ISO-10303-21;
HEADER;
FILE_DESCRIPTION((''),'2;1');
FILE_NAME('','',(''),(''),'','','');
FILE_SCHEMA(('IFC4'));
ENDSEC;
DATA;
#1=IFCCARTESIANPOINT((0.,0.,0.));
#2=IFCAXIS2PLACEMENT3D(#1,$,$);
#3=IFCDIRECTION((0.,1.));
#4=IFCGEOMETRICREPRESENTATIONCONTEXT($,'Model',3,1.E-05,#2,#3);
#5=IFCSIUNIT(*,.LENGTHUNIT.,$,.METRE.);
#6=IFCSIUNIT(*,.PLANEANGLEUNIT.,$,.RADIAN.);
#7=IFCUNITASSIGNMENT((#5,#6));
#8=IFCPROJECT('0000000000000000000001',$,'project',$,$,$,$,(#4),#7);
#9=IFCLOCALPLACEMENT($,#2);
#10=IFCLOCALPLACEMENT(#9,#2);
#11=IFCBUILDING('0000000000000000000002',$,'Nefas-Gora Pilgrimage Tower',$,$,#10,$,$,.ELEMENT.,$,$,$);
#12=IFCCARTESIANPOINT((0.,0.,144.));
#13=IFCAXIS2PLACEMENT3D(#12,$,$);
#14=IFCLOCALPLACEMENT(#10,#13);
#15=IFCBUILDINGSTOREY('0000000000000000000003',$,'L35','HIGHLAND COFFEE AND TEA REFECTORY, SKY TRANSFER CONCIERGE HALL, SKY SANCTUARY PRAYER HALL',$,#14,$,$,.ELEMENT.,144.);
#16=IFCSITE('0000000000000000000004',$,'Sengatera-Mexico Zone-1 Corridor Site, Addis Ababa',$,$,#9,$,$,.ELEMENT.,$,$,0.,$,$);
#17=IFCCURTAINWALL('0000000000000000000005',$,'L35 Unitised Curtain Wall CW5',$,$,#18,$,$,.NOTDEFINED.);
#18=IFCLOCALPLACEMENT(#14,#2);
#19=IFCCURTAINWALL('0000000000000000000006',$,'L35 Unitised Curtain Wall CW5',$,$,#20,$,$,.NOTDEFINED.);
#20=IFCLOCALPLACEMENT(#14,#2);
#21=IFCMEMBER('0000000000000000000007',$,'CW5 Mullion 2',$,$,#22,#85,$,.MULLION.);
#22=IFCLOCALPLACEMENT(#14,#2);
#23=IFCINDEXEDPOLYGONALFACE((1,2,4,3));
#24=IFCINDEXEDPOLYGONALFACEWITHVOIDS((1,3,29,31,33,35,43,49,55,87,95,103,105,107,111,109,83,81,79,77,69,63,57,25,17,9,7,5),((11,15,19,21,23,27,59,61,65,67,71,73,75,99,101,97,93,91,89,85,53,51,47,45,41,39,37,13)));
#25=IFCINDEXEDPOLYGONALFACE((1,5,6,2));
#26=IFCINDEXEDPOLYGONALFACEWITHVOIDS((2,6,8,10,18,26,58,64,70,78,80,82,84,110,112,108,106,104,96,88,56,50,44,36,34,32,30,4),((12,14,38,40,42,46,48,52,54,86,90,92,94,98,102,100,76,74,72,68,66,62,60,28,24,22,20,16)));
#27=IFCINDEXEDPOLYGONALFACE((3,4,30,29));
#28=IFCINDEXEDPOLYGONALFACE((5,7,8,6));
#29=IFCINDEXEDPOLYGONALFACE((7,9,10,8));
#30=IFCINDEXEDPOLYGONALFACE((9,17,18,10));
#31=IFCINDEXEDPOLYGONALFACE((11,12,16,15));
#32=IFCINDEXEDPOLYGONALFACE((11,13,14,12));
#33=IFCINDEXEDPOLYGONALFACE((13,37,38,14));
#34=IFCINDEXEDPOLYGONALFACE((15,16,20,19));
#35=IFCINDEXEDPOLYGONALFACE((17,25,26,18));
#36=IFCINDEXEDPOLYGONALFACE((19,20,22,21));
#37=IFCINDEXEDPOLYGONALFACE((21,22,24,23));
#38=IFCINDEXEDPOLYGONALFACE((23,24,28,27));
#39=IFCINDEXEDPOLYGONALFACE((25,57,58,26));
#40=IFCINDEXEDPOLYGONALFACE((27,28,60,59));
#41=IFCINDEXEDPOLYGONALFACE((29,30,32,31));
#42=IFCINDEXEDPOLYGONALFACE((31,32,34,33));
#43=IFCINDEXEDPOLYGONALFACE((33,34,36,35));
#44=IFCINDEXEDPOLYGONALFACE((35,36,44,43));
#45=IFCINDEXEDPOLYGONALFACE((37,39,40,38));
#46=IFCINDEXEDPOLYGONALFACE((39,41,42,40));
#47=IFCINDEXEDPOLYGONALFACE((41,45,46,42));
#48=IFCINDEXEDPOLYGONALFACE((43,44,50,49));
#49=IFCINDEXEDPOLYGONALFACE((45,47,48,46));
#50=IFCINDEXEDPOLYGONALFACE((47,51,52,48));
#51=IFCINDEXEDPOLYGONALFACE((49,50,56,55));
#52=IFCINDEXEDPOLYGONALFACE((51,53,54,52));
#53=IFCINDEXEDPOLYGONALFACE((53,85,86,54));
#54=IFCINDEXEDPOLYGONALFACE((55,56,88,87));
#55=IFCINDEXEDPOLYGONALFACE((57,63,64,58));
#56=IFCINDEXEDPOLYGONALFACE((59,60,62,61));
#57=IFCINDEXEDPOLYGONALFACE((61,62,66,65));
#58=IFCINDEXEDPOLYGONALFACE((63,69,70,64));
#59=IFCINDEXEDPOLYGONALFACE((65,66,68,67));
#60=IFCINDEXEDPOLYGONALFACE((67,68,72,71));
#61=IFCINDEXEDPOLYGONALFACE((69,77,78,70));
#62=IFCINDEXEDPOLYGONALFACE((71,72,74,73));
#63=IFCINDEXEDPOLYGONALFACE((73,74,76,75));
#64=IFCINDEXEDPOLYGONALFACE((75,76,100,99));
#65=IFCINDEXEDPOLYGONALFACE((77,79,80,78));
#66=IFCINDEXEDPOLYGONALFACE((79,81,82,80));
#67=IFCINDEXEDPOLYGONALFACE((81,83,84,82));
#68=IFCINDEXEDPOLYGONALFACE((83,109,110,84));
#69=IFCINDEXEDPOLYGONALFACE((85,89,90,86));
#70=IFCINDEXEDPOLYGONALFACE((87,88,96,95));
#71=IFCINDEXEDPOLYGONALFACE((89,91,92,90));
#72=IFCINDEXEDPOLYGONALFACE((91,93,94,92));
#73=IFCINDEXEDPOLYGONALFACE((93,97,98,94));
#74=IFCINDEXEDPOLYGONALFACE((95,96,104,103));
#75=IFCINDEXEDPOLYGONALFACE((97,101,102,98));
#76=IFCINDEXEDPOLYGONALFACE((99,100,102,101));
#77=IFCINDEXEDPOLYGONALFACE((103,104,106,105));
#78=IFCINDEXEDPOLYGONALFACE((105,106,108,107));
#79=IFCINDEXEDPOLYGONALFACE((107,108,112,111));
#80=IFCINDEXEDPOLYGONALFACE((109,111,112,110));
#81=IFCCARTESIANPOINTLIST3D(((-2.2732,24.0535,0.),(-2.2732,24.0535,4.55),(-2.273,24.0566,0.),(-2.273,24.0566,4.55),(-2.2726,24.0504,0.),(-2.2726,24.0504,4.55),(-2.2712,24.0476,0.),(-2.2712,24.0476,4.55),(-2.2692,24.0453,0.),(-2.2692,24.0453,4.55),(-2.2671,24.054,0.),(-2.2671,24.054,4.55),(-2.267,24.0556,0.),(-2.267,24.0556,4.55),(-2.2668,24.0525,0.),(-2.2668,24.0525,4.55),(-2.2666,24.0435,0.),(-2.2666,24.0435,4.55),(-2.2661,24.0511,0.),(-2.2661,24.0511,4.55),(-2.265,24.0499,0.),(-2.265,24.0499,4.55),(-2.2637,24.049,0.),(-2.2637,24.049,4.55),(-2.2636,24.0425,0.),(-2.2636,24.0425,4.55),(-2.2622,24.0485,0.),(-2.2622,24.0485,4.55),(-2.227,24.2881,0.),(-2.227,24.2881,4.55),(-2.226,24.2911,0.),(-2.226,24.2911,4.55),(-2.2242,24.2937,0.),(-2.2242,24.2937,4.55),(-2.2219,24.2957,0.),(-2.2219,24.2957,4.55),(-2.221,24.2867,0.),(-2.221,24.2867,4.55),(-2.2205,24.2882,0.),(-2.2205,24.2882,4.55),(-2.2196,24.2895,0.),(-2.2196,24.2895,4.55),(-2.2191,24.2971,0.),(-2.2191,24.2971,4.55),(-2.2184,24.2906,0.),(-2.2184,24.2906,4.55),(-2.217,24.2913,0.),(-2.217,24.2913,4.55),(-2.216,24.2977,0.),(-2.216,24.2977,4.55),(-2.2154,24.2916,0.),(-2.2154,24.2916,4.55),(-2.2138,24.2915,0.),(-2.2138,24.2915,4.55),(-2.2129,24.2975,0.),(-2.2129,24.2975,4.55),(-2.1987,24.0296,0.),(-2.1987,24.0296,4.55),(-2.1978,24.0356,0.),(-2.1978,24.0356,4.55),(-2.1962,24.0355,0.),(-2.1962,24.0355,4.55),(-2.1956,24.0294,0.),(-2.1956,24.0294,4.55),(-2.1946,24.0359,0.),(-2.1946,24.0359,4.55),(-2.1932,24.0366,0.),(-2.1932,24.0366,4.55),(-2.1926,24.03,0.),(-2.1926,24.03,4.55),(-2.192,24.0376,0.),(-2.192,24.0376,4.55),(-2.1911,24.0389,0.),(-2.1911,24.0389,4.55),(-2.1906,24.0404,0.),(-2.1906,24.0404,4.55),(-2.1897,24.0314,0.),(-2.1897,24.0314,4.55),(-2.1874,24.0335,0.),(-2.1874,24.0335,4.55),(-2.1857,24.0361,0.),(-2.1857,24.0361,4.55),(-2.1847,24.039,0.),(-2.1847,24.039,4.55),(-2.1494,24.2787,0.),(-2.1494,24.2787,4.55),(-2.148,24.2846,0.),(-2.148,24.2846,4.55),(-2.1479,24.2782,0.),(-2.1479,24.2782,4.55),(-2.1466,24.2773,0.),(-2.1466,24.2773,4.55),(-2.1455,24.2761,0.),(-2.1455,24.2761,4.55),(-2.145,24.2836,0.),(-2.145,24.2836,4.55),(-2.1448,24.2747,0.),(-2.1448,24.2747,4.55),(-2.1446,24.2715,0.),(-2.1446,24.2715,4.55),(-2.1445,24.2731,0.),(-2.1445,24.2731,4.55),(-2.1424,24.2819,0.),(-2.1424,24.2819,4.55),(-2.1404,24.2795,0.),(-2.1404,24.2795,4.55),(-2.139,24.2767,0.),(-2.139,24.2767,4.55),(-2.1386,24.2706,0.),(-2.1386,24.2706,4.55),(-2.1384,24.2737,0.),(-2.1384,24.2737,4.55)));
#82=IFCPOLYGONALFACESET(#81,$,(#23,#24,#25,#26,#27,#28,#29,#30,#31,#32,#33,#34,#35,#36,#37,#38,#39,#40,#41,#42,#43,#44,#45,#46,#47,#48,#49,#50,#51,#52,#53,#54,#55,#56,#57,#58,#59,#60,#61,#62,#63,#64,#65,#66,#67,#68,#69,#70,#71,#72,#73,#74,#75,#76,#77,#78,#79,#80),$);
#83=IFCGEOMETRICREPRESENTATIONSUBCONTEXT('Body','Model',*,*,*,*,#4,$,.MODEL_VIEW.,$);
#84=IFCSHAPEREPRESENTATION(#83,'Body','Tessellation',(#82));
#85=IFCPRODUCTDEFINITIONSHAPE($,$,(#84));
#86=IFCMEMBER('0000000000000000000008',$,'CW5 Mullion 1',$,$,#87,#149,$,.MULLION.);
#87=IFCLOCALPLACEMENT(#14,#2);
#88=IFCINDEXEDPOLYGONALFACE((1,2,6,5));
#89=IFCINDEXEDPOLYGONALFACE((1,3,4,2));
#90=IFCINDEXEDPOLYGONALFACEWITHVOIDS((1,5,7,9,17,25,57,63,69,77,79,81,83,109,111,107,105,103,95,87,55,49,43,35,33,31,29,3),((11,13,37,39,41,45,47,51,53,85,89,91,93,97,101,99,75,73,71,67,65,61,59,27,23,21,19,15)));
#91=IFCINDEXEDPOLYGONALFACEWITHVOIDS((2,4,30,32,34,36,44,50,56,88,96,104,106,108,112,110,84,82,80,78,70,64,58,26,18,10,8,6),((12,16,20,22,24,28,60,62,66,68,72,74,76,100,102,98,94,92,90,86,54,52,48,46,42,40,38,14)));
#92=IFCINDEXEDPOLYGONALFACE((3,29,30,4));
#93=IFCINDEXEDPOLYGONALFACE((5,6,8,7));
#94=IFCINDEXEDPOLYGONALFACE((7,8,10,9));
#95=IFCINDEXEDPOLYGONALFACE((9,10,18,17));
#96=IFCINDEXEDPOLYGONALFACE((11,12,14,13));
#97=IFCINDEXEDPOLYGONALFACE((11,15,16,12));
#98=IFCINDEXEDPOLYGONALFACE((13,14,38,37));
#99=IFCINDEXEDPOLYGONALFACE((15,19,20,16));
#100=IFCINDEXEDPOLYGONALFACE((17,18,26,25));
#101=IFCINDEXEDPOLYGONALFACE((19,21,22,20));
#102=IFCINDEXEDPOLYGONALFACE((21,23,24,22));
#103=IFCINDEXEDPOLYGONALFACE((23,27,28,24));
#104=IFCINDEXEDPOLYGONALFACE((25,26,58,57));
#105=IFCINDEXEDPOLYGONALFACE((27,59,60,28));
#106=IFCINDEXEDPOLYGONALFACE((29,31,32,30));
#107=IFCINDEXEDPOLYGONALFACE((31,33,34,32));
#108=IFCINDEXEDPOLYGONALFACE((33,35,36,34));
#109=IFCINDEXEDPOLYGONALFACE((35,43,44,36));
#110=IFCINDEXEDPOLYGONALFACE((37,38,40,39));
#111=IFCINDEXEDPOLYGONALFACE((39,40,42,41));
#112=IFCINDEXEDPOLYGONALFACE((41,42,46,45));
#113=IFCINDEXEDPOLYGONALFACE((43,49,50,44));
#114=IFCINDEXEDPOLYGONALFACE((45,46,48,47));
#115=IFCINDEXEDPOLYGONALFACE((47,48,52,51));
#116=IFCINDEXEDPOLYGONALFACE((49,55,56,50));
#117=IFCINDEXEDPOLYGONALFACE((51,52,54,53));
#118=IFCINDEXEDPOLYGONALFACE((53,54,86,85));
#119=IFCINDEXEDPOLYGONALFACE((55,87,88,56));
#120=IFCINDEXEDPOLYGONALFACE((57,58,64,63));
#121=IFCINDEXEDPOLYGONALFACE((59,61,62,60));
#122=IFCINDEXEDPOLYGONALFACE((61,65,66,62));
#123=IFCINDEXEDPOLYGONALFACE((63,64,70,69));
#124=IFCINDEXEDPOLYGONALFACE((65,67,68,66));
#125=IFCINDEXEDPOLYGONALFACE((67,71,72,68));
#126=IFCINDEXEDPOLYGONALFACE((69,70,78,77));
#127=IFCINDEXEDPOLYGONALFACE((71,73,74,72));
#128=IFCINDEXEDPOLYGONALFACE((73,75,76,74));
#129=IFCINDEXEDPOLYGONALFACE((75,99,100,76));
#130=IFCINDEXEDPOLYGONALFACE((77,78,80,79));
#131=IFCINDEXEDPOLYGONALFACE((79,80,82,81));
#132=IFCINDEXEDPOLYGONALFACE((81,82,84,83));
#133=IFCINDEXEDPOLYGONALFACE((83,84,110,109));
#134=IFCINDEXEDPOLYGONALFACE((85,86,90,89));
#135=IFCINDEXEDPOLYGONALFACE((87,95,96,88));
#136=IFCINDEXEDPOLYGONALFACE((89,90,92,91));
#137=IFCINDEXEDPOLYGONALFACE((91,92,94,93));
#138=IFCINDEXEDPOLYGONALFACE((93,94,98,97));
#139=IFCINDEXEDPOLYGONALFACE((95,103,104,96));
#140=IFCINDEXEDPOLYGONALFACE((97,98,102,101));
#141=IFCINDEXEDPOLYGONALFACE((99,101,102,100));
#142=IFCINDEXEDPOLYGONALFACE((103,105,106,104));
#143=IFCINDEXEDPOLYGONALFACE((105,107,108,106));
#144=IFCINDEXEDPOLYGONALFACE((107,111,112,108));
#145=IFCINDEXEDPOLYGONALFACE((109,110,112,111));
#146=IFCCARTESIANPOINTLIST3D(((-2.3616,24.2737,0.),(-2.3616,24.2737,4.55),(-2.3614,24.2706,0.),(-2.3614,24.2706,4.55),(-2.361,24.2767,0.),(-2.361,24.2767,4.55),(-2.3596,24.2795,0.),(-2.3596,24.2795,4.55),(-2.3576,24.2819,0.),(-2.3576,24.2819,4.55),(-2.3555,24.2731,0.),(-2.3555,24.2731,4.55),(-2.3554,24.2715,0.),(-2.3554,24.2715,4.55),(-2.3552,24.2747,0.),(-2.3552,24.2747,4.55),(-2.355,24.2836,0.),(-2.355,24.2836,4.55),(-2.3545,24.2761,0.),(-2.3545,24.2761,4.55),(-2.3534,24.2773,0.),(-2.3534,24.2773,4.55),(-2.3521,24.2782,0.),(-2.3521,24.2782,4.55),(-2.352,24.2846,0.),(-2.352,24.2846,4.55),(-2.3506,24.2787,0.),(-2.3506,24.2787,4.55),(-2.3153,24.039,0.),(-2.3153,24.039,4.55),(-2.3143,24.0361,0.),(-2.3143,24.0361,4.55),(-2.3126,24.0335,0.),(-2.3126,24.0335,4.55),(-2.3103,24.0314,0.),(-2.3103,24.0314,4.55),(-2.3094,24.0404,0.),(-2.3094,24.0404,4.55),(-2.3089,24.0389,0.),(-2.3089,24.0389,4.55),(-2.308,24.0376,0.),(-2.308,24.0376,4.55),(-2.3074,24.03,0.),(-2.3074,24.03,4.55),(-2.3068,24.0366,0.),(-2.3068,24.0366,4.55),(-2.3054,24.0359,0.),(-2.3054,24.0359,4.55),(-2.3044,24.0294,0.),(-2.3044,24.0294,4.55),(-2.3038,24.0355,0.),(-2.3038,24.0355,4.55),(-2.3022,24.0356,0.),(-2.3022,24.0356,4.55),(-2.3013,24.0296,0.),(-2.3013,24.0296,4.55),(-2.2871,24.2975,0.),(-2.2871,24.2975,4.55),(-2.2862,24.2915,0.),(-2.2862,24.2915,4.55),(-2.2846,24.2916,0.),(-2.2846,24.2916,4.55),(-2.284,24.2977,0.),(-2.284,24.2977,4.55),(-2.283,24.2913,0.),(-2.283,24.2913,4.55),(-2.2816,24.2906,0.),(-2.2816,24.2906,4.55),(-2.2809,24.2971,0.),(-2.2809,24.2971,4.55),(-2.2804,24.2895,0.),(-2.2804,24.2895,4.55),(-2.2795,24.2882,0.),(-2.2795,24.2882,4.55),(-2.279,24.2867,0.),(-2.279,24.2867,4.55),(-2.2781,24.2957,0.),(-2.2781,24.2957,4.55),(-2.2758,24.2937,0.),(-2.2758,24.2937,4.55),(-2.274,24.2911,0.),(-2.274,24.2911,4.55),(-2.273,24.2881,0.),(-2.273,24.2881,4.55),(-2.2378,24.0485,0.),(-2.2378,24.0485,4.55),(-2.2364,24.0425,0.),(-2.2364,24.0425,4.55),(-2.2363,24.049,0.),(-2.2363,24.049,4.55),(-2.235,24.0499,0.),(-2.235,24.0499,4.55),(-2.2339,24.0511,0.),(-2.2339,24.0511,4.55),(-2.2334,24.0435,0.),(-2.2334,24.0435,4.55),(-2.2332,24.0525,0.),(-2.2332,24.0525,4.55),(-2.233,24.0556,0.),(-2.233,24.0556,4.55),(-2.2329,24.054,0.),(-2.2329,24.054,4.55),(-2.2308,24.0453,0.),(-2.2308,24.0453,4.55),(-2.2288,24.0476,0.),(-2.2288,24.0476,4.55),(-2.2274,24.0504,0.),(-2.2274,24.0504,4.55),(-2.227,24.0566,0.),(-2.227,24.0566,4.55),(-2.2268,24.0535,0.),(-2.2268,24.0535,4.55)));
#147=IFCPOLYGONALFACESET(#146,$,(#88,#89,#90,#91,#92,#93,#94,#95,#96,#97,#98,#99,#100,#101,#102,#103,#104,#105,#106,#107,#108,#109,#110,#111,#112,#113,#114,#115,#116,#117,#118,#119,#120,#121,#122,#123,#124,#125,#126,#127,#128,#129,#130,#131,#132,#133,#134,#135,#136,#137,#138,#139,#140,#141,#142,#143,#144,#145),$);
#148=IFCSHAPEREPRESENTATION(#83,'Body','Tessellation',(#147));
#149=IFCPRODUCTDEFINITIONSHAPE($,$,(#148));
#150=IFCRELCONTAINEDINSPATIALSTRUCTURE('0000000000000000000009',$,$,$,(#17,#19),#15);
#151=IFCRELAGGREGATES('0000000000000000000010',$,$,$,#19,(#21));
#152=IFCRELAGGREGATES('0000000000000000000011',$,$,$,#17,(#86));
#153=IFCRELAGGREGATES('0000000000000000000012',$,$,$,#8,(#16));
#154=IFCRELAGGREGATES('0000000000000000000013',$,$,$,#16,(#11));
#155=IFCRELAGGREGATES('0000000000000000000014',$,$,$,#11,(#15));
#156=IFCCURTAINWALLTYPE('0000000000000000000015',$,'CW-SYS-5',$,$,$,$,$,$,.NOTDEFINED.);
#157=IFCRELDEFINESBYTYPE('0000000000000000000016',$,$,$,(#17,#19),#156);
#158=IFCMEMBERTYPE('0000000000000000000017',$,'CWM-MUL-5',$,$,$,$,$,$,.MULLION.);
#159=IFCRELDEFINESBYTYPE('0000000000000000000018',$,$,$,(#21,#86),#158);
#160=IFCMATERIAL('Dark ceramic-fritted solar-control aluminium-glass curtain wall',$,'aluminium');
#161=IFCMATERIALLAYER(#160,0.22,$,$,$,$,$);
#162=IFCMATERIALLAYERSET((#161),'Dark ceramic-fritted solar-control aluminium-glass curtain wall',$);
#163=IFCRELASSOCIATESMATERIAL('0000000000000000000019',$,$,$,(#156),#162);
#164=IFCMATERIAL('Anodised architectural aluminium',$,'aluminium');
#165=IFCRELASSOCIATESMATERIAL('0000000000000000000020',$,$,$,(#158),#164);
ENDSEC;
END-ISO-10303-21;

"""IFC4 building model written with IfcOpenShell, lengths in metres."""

from ifc_helpers import new_model, si_unit, direction, frame, origin, origin_2d, place, context, subcontext, project, spatial, hollow_rectangle, extrude, source, transform, mapped, material, layer, layer_set, material_profile, profile_set, type_object, element, aggregate, save


model = new_model("IFC4")

# Units and contexts
model_context = context("Model", 3, precision=1e-05, world=origin(), true_north=direction((0.0, 1.0)))
body_context = subcontext(model_context, "Body", "Model", "MODEL_VIEW")
ifc_project = project(units=[si_unit("LENGTHUNIT", "METRE"), si_unit("PLANEANGLEUNIT", "RADIAN")], contexts=[model_context])

# Site, building, storey
site_placement = place(None, origin())
site = spatial("IfcSite", under=ifc_project, at=site_placement, Name="Sengatera-Mexico Zone-1 Corridor Site, Addis Ababa", CompositionType="ELEMENT", RefElevation=0.0)
building_placement = place(site_placement, origin())
building = spatial("IfcBuilding", under=site, at=building_placement, Name="Nefas-Gora Pilgrimage Tower", CompositionType="ELEMENT")
storey_placement = place(building_placement, frame((0.0, 0.0, 144.0)))
storey = spatial("IfcBuildingStorey", under=building, at=storey_placement, Name="L35", Description="HIGHLAND COFFEE AND TEA REFECTORY, SKY TRANSFER CONCIERGE HALL, SKY SANCTUARY PRAYER HALL", CompositionType="ELEMENT", Elevation=144.0)

# Curtain walls, member
ifc_material_1 = material(Name="Dark ceramic-fritted solar-control aluminium-glass curtain wall", Category="aluminium")
ifc_layer_1 = layer(ifc_material_1, 0.22)
ifc_layer_set_1 = layer_set([ifc_layer_1], Name="Dark ceramic-fritted solar-control aluminium-glass curtain wall")
curtain_wall_type = type_object("IfcCurtainWallType", Name="CW-SYS-5", PredefinedType="NOTDEFINED", material=ifc_layer_set_1)
ifc_material_2 = material(Name="Anodised architectural aluminium", Category="aluminium")
curtain_wall_1_placement = place(storey_placement, origin())
curtain_wall_1 = element("IfcCurtainWall", 1, at=curtain_wall_1_placement, inside=storey, type_object=curtain_wall_type, Name="L35 Unitised Curtain Wall CW5", PredefinedType="NOTDEFINED")
curtain_wall_2_placement = place(storey_placement, origin())
curtain_wall_2 = element("IfcCurtainWall", 2, at=curtain_wall_2_placement, inside=storey, type_object=curtain_wall_type, Name="L35 Unitised Curtain Wall CW5", PredefinedType="NOTDEFINED")
ifc_material_profile_1 = material_profile(ifc_material_2, hollow_rectangle(XDim=0.0901, YDim=0.26, WallThickness=0.0061, InnerFilletRadius=0.0061, OuterFilletRadius=0.012, at=origin_2d()), Name="ALU MULLION 90x260")
ifc_profile_set_1 = profile_set([ifc_material_profile_1], Name="Anodised architectural aluminium")
member_type_1 = type_object("IfcMemberType", Name="CWM-MUL-5", PredefinedType="MULLION", material=ifc_profile_set_1)
shared_shape_1 = source(origin(), body_context, "Body", "SweptSolid", [
    extrude(hollow_rectangle(XDim=0.0901, YDim=0.26, WallThickness=0.0061, InnerFilletRadius=0.0061, OuterFilletRadius=0.012, at=origin_2d()), origin(), (0.0, 0.0, 1.0), 4.55),
])
member_1_placement = place(storey_placement, frame((-2.2058, 24.1636, 0.0), z_axis=(0.0, 0.0, 1.0), x_axis=(-0.980783, 0.195102, 0.0)))
member_1 = element("IfcMember", 3, at=member_1_placement, type_object=member_type_1, Name="CW5 Mullion 2", PredefinedType="MULLION", context=body_context, shape_type="MappedRepresentation", body=[
    mapped(shared_shape_1, transform((0.0, 0.0, 0.0), x_axis=(1.0, 0.0, 0.0), y_axis=(0.0, 1.0, 0.0), z_axis=(0.0, 0.0, 1.0), scale=1.0)),
])

# Member
member_2_placement = place(storey_placement, frame((-2.2942, 24.1636, 0.0), z_axis=(0.0, 0.0, 1.0), x_axis=(-0.980783, -0.195102, 0.0)))
member_2 = element("IfcMember", 4, at=member_2_placement, type_object=member_type_1, Name="CW5 Mullion 1", PredefinedType="MULLION", context=body_context, shape_type="MappedRepresentation", body=[
    mapped(shared_shape_1, transform((0.0, 0.0, 0.0), x_axis=(1.0, 0.0, 0.0), y_axis=(0.0, 1.0, 0.0), z_axis=(0.0, 0.0, 1.0), scale=1.0)),
])

aggregate(curtain_wall_2, [member_1])
aggregate(curtain_wall_1, [member_2])

save(model, "model.ifc")
